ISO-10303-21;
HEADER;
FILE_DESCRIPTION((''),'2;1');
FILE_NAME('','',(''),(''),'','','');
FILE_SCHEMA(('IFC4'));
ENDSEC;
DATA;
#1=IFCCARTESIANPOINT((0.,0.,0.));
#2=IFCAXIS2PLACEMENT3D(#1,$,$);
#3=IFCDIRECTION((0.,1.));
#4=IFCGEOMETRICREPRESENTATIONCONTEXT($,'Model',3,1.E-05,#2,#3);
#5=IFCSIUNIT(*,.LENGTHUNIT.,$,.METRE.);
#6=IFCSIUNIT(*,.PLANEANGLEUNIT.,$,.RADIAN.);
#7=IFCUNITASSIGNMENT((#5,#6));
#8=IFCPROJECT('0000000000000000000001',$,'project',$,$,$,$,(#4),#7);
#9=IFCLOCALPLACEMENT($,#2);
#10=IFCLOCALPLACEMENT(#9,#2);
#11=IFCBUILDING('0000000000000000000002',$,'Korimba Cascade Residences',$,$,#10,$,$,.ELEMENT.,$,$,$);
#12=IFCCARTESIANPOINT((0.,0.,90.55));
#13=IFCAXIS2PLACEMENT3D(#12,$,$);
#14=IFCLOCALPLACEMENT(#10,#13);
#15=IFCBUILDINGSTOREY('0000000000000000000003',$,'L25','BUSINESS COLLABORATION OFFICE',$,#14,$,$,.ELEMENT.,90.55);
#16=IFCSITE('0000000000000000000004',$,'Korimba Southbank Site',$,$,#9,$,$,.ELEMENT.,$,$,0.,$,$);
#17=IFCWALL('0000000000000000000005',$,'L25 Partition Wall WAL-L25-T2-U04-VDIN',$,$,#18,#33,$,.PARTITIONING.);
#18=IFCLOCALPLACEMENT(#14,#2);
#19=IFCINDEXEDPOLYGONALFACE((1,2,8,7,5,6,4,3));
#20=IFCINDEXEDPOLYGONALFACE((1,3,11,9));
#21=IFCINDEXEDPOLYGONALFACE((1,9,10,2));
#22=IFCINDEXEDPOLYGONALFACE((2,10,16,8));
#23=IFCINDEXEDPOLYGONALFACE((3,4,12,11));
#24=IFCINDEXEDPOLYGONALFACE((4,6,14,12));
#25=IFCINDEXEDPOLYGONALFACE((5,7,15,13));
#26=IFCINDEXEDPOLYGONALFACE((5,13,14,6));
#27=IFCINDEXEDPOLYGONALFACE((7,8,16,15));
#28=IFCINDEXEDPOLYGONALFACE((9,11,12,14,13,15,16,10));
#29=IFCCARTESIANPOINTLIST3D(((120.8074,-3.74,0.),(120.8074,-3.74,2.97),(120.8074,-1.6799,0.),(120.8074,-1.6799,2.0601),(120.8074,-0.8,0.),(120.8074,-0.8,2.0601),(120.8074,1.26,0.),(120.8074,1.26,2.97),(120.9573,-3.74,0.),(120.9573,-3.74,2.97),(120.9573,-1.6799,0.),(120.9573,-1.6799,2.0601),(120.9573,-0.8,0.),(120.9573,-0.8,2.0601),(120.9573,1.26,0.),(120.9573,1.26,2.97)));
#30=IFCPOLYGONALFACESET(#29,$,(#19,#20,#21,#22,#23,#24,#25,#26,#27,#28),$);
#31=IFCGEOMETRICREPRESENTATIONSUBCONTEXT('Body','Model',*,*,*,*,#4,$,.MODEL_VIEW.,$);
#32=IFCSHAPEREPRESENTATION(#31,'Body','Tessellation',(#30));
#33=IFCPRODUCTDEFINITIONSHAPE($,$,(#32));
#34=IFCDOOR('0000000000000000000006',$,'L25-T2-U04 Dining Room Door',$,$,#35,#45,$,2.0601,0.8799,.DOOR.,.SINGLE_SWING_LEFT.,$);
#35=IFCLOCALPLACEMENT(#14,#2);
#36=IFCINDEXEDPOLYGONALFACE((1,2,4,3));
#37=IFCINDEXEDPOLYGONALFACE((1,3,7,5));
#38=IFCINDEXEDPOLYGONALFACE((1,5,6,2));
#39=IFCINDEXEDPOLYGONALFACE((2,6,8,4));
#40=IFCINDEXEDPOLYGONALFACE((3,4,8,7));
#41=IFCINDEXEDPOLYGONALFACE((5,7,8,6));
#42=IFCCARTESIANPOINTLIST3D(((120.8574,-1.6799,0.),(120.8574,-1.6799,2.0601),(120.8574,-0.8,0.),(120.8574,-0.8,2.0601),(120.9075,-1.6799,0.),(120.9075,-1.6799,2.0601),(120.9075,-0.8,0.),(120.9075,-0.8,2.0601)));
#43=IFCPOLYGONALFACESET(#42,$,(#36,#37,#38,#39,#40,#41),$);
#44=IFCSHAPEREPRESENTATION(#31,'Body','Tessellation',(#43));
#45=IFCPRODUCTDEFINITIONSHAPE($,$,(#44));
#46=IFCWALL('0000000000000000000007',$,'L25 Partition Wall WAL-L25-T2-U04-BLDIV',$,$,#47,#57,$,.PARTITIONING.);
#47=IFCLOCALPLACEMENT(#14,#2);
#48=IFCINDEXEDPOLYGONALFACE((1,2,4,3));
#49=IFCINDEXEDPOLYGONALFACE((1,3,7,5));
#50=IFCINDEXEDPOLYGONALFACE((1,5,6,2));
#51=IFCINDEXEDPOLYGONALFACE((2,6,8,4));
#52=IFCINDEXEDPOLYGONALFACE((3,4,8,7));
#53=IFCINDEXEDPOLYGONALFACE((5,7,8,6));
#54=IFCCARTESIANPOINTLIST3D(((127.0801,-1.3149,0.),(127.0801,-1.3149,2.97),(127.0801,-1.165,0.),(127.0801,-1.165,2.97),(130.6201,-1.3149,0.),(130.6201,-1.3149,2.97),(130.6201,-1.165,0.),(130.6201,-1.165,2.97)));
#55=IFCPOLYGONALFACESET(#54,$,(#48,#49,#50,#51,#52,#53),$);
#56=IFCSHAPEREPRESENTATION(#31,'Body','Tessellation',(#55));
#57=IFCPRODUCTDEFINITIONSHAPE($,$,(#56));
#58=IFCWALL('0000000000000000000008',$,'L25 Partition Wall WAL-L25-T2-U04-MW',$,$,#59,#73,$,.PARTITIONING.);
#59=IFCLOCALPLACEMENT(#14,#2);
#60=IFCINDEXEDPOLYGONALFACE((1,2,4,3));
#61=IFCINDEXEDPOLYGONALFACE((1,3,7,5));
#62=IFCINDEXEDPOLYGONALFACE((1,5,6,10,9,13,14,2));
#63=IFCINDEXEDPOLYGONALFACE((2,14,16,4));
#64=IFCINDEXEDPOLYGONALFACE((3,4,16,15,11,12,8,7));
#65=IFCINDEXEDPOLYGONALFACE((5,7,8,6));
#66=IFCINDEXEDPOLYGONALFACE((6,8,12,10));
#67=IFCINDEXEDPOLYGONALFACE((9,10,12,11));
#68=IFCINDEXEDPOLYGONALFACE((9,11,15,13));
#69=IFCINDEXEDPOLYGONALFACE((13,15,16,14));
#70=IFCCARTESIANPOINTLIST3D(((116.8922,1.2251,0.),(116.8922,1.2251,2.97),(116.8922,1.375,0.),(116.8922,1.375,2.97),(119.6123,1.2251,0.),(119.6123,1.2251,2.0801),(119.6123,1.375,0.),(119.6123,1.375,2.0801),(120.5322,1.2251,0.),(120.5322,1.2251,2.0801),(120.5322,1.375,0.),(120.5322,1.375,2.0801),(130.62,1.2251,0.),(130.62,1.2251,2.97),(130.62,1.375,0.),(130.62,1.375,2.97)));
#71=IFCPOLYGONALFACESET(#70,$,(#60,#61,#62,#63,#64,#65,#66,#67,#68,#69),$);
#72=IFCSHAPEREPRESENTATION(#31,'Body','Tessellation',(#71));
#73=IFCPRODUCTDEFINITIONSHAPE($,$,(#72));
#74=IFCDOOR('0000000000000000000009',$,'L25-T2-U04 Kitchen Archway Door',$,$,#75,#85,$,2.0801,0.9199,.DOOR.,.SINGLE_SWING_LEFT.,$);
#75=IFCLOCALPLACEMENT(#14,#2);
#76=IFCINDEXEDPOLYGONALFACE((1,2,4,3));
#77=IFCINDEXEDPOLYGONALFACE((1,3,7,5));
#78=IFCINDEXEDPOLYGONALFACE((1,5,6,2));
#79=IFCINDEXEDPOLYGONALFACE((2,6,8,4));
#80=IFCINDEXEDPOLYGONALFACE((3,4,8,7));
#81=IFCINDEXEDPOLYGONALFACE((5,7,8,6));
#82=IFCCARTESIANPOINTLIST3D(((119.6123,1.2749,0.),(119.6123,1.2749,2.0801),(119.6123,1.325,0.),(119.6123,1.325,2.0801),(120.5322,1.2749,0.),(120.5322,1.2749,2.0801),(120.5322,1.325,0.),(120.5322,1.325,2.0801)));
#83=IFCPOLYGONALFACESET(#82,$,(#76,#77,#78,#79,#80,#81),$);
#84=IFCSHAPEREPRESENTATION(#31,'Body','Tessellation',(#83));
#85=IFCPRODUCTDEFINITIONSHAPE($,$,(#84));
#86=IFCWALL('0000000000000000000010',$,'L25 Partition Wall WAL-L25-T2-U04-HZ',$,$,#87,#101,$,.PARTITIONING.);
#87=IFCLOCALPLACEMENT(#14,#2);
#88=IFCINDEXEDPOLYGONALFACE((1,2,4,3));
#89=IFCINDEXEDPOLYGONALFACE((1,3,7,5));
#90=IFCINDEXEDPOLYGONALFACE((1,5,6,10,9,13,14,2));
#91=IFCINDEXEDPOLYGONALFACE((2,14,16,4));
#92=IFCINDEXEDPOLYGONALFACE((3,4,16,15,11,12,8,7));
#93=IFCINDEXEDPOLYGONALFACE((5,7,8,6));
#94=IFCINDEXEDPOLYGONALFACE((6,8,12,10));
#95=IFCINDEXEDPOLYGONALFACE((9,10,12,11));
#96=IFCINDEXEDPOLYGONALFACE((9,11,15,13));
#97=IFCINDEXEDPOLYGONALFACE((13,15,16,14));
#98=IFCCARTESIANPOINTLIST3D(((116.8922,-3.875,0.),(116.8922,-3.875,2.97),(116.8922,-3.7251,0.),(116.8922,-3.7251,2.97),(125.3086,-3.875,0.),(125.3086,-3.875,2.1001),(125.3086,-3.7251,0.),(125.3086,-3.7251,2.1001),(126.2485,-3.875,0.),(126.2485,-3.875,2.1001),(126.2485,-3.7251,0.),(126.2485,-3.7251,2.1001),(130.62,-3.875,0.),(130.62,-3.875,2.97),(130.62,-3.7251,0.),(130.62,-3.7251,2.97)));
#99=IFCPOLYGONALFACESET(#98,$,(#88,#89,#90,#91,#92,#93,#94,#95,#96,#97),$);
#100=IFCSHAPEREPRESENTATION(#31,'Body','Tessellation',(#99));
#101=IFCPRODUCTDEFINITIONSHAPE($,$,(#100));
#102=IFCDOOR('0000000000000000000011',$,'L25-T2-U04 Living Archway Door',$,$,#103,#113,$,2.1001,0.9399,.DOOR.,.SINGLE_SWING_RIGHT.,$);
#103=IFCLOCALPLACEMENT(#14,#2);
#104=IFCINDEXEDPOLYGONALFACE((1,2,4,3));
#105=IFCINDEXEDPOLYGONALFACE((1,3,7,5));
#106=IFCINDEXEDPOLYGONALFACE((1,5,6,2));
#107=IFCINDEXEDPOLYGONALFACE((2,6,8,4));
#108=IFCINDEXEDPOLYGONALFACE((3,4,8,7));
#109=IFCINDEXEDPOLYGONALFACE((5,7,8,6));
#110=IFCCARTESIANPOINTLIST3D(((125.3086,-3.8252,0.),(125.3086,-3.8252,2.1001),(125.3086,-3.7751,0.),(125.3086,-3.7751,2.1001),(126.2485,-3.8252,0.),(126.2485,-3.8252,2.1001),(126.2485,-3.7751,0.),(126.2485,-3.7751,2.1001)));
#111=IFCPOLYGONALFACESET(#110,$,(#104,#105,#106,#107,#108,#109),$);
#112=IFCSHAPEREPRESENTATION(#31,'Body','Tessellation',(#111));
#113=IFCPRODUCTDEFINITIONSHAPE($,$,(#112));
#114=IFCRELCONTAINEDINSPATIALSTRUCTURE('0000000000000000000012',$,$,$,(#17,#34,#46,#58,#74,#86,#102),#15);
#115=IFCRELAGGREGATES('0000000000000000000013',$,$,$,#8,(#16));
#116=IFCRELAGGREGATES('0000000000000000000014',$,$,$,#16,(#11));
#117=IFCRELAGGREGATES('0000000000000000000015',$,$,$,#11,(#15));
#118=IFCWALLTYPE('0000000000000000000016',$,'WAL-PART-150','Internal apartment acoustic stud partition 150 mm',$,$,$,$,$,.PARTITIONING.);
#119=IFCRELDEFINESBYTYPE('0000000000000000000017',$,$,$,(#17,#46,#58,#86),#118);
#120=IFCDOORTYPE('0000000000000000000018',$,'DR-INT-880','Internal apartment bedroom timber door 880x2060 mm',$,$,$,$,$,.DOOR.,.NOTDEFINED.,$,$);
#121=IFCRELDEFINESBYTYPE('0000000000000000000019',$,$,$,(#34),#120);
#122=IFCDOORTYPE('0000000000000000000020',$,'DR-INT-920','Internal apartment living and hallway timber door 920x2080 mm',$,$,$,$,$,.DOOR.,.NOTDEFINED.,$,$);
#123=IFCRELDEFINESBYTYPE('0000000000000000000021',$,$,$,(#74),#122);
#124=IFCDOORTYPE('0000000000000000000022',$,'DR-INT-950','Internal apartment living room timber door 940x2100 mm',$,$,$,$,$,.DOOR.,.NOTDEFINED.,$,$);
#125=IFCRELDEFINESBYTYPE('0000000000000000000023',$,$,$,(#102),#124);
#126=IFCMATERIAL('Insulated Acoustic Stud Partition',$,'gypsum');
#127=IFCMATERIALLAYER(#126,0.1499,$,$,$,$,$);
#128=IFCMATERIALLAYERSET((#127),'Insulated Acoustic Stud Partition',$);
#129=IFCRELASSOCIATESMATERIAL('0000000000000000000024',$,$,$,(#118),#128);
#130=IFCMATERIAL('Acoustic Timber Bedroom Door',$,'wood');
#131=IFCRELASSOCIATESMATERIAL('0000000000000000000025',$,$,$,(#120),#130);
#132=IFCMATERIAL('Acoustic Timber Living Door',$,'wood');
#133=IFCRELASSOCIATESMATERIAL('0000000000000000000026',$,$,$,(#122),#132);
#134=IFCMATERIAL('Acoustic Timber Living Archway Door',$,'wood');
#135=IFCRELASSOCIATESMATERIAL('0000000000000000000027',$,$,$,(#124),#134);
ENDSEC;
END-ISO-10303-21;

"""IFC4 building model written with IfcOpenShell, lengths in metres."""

from ifc_helpers import new_model, si_unit, direction, frame, frame_2d, origin, place, context, subcontext, project, spatial, rectangle, extrude, material, layer, layer_set, type_object, element, fill, save


model = new_model("IFC4")

# Units and contexts
model_context = context("Model", 3, precision=1e-05, world=origin(), true_north=direction((0.0, 1.0)))
body_context = subcontext(model_context, "Body", "Model", "MODEL_VIEW")
ifc_project = project(units=[si_unit("LENGTHUNIT", "METRE"), si_unit("PLANEANGLEUNIT", "RADIAN")], contexts=[model_context])

# Site, building, storey
site_placement = place(None, origin())
site = spatial("IfcSite", under=ifc_project, at=site_placement, Name="Korimba Southbank Site", CompositionType="ELEMENT", RefElevation=0.0)
building_placement = place(site_placement, origin())
building = spatial("IfcBuilding", under=site, at=building_placement, Name="Korimba Cascade Residences", CompositionType="ELEMENT")
storey_placement = place(building_placement, frame((0.0, 0.0, 90.55)))
storey = spatial("IfcBuildingStorey", under=building, at=storey_placement, Name="L25", Description="BUSINESS COLLABORATION OFFICE", CompositionType="ELEMENT", Elevation=90.55)

# Wall, opening, door
ifc_material_1 = material(Name="Insulated Acoustic Stud Partition", Category="gypsum")
ifc_layer = layer(ifc_material_1, 0.1499)
ifc_layer_set = layer_set([ifc_layer], Name="Insulated Acoustic Stud Partition")
wall_type = type_object("IfcWallType", Name="WAL-PART-150", Description="Internal apartment acoustic stud partition 150 mm", PredefinedType="PARTITIONING", material=ifc_layer_set)
ifc_material_2 = material(Name="Acoustic Timber Bedroom Door", Category="wood")
door_type_1 = type_object("IfcDoorType", Name="DR-INT-880", Description="Internal apartment bedroom timber door 880x2060 mm", OperationType="NOTDEFINED", PredefinedType="DOOR", material=ifc_material_2)
wall_1_placement = place(storey_placement, frame((120.8823, -3.74, 0.0), z_axis=(0.0, 0.0, 1.0), x_axis=(0.0, 1.0, 0.0)))
wall_1 = element("IfcWall", 1, at=wall_1_placement, inside=storey, type_object=wall_type, Name="L25 Partition Wall WAL-L25-T2-U04-VDIN", PredefinedType="PARTITIONING", context=body_context, shape_type="SweptSolid", body=[
    extrude(rectangle(XDim=5.0, YDim=0.1499, at=frame_2d((2.5, 0.0))), origin(), (0.0, 0.0, 1.0), 2.97),
])
opening_1_placement = place(wall_1_placement, frame((2.0601, 0.0, 0.0)))
opening_1 = element("IfcOpeningElement", 2, at=opening_1_placement, cuts=wall_1, PredefinedType="OPENING", context=body_context, shape_type="SweptSolid", body=[
    extrude(rectangle(XDim=0.8799, YDim=2.0601, at=frame_2d((0.4399, 1.03))), frame((0.0, 0.085, 0.0), z_axis=(0.0, -1.0, 0.0), x_axis=(1.0, 0.0, 0.0)), (0.0, 0.0, 1.0), 0.1699),
])
door_1_placement = place(opening_1_placement, origin())
door_1 = element("IfcDoor", 3, at=door_1_placement, inside=storey, type_object=door_type_1, Name="L25-T2-U04 Dining Room Door", OperationType="SINGLE_SWING_LEFT", OverallHeight=2.0601, OverallWidth=0.8799, PredefinedType="DOOR", context=body_context, shape_type="SweptSolid", body=[
    extrude(rectangle(XDim=0.8799, YDim=2.0601, at=frame_2d((0.4399, 1.03))), frame((0.0, 0.0249, 0.0), z_axis=(0.0, -1.0, 0.0), x_axis=(1.0, 0.0, 0.0)), (0.0, 0.0, 1.0), 0.05),
])
fill(opening_1, door_1)

# Wall
wall_2_placement = place(storey_placement, frame((127.0801, -1.24, 0.0), z_axis=(0.0, 0.0, 1.0), x_axis=(1.0, 0.0, 0.0)))
element("IfcWall", 4, at=wall_2_placement, inside=storey, type_object=wall_type, Name="L25 Partition Wall WAL-L25-T2-U04-BLDIV", PredefinedType="PARTITIONING", context=body_context, shape_type="SweptSolid", body=[
    extrude(rectangle(XDim=3.54, YDim=0.1499, at=frame_2d((1.77, 0.0))), origin(), (0.0, 0.0, 1.0), 2.97),
])

# Walls, openings, doors
wall_3_placement = place(storey_placement, frame((116.8923, 1.3, 0.0), z_axis=(0.0, 0.0, 1.0), x_axis=(1.0, 0.0, 0.0)))
wall_3 = element("IfcWall", 5, at=wall_3_placement, inside=storey, type_object=wall_type, Name="L25 Partition Wall WAL-L25-T2-U04-MW", PredefinedType="PARTITIONING", context=body_context, shape_type="SweptSolid", body=[
    extrude(rectangle(XDim=13.7278, YDim=0.1499, at=frame_2d((6.8638, 0.0))), origin(), (0.0, 0.0, 1.0), 2.97),
])
opening_2_placement = place(wall_3_placement, frame((2.72, 0.0, 0.0)))
opening_2 = element("IfcOpeningElement", 6, at=opening_2_placement, cuts=wall_3, PredefinedType="OPENING", context=body_context, shape_type="SweptSolid", body=[
    extrude(rectangle(XDim=0.9199, YDim=2.0801, at=frame_2d((0.46, 1.04))), frame((0.0, 0.085, 0.0), z_axis=(0.0, -1.0, 0.0), x_axis=(1.0, 0.0, 0.0)), (0.0, 0.0, 1.0), 0.1699),
])
ifc_material_3 = material(Name="Acoustic Timber Living Door", Category="wood")
door_type_2 = type_object("IfcDoorType", Name="DR-INT-920", Description="Internal apartment living and hallway timber door 920x2080 mm", OperationType="NOTDEFINED", PredefinedType="DOOR", material=ifc_material_3)
door_2_placement = place(opening_2_placement, origin())
door_2 = element("IfcDoor", 7, at=door_2_placement, inside=storey, type_object=door_type_2, Name="L25-T2-U04 Kitchen Archway Door", OperationType="SINGLE_SWING_LEFT", OverallHeight=2.0801, OverallWidth=0.9199, PredefinedType="DOOR", context=body_context, shape_type="SweptSolid", body=[
    extrude(rectangle(XDim=0.9199, YDim=2.0801, at=frame_2d((0.46, 1.04))), frame((0.0, 0.0249, 0.0), z_axis=(0.0, -1.0, 0.0), x_axis=(1.0, 0.0, 0.0)), (0.0, 0.0, 1.0), 0.05),
])
fill(opening_2, door_2)
wall_4_placement = place(storey_placement, frame((116.8923, -3.8, 0.0), z_axis=(0.0, 0.0, 1.0), x_axis=(1.0, 0.0, 0.0)))
wall_4 = element("IfcWall", 8, at=wall_4_placement, inside=storey, type_object=wall_type, Name="L25 Partition Wall WAL-L25-T2-U04-HZ", PredefinedType="PARTITIONING", context=body_context, shape_type="SweptSolid", body=[
    extrude(rectangle(XDim=13.7278, YDim=0.1499, at=frame_2d((6.8638, 0.0))), origin(), (0.0, 0.0, 1.0), 2.97),
])
opening_3_placement = place(wall_4_placement, frame((8.4163, 0.0, 0.0)))
opening_3 = element("IfcOpeningElement", 9, at=opening_3_placement, cuts=wall_4, PredefinedType="OPENING", context=body_context, shape_type="SweptSolid", body=[
    extrude(rectangle(XDim=0.9399, YDim=2.1001, at=frame_2d((0.47, 1.05))), frame((0.0, 0.085, 0.0), z_axis=(0.0, -1.0, 0.0), x_axis=(1.0, 0.0, 0.0)), (0.0, 0.0, 1.0), 0.1699),
])
ifc_material_4 = material(Name="Acoustic Timber Living Archway Door", Category="wood")
door_type_3 = type_object("IfcDoorType", Name="DR-INT-950", Description="Internal apartment living room timber door 940x2100 mm", OperationType="NOTDEFINED", PredefinedType="DOOR", material=ifc_material_4)
door_3_placement = place(opening_3_placement, origin())
door_3 = element("IfcDoor", 10, at=door_3_placement, inside=storey, type_object=door_type_3, Name="L25-T2-U04 Living Archway Door", OperationType="SINGLE_SWING_RIGHT", OverallHeight=2.1001, OverallWidth=0.9399, PredefinedType="DOOR", context=body_context, shape_type="SweptSolid", body=[
    extrude(rectangle(XDim=0.9399, YDim=2.1001, at=frame_2d((0.47, 1.05))), frame((0.0, 0.0249, 0.0), z_axis=(0.0, -1.0, 0.0), x_axis=(1.0, 0.0, 0.0)), (0.0, 0.0, 1.0), 0.05),
])
fill(opening_3, door_3)

save(model, "model.ifc")
